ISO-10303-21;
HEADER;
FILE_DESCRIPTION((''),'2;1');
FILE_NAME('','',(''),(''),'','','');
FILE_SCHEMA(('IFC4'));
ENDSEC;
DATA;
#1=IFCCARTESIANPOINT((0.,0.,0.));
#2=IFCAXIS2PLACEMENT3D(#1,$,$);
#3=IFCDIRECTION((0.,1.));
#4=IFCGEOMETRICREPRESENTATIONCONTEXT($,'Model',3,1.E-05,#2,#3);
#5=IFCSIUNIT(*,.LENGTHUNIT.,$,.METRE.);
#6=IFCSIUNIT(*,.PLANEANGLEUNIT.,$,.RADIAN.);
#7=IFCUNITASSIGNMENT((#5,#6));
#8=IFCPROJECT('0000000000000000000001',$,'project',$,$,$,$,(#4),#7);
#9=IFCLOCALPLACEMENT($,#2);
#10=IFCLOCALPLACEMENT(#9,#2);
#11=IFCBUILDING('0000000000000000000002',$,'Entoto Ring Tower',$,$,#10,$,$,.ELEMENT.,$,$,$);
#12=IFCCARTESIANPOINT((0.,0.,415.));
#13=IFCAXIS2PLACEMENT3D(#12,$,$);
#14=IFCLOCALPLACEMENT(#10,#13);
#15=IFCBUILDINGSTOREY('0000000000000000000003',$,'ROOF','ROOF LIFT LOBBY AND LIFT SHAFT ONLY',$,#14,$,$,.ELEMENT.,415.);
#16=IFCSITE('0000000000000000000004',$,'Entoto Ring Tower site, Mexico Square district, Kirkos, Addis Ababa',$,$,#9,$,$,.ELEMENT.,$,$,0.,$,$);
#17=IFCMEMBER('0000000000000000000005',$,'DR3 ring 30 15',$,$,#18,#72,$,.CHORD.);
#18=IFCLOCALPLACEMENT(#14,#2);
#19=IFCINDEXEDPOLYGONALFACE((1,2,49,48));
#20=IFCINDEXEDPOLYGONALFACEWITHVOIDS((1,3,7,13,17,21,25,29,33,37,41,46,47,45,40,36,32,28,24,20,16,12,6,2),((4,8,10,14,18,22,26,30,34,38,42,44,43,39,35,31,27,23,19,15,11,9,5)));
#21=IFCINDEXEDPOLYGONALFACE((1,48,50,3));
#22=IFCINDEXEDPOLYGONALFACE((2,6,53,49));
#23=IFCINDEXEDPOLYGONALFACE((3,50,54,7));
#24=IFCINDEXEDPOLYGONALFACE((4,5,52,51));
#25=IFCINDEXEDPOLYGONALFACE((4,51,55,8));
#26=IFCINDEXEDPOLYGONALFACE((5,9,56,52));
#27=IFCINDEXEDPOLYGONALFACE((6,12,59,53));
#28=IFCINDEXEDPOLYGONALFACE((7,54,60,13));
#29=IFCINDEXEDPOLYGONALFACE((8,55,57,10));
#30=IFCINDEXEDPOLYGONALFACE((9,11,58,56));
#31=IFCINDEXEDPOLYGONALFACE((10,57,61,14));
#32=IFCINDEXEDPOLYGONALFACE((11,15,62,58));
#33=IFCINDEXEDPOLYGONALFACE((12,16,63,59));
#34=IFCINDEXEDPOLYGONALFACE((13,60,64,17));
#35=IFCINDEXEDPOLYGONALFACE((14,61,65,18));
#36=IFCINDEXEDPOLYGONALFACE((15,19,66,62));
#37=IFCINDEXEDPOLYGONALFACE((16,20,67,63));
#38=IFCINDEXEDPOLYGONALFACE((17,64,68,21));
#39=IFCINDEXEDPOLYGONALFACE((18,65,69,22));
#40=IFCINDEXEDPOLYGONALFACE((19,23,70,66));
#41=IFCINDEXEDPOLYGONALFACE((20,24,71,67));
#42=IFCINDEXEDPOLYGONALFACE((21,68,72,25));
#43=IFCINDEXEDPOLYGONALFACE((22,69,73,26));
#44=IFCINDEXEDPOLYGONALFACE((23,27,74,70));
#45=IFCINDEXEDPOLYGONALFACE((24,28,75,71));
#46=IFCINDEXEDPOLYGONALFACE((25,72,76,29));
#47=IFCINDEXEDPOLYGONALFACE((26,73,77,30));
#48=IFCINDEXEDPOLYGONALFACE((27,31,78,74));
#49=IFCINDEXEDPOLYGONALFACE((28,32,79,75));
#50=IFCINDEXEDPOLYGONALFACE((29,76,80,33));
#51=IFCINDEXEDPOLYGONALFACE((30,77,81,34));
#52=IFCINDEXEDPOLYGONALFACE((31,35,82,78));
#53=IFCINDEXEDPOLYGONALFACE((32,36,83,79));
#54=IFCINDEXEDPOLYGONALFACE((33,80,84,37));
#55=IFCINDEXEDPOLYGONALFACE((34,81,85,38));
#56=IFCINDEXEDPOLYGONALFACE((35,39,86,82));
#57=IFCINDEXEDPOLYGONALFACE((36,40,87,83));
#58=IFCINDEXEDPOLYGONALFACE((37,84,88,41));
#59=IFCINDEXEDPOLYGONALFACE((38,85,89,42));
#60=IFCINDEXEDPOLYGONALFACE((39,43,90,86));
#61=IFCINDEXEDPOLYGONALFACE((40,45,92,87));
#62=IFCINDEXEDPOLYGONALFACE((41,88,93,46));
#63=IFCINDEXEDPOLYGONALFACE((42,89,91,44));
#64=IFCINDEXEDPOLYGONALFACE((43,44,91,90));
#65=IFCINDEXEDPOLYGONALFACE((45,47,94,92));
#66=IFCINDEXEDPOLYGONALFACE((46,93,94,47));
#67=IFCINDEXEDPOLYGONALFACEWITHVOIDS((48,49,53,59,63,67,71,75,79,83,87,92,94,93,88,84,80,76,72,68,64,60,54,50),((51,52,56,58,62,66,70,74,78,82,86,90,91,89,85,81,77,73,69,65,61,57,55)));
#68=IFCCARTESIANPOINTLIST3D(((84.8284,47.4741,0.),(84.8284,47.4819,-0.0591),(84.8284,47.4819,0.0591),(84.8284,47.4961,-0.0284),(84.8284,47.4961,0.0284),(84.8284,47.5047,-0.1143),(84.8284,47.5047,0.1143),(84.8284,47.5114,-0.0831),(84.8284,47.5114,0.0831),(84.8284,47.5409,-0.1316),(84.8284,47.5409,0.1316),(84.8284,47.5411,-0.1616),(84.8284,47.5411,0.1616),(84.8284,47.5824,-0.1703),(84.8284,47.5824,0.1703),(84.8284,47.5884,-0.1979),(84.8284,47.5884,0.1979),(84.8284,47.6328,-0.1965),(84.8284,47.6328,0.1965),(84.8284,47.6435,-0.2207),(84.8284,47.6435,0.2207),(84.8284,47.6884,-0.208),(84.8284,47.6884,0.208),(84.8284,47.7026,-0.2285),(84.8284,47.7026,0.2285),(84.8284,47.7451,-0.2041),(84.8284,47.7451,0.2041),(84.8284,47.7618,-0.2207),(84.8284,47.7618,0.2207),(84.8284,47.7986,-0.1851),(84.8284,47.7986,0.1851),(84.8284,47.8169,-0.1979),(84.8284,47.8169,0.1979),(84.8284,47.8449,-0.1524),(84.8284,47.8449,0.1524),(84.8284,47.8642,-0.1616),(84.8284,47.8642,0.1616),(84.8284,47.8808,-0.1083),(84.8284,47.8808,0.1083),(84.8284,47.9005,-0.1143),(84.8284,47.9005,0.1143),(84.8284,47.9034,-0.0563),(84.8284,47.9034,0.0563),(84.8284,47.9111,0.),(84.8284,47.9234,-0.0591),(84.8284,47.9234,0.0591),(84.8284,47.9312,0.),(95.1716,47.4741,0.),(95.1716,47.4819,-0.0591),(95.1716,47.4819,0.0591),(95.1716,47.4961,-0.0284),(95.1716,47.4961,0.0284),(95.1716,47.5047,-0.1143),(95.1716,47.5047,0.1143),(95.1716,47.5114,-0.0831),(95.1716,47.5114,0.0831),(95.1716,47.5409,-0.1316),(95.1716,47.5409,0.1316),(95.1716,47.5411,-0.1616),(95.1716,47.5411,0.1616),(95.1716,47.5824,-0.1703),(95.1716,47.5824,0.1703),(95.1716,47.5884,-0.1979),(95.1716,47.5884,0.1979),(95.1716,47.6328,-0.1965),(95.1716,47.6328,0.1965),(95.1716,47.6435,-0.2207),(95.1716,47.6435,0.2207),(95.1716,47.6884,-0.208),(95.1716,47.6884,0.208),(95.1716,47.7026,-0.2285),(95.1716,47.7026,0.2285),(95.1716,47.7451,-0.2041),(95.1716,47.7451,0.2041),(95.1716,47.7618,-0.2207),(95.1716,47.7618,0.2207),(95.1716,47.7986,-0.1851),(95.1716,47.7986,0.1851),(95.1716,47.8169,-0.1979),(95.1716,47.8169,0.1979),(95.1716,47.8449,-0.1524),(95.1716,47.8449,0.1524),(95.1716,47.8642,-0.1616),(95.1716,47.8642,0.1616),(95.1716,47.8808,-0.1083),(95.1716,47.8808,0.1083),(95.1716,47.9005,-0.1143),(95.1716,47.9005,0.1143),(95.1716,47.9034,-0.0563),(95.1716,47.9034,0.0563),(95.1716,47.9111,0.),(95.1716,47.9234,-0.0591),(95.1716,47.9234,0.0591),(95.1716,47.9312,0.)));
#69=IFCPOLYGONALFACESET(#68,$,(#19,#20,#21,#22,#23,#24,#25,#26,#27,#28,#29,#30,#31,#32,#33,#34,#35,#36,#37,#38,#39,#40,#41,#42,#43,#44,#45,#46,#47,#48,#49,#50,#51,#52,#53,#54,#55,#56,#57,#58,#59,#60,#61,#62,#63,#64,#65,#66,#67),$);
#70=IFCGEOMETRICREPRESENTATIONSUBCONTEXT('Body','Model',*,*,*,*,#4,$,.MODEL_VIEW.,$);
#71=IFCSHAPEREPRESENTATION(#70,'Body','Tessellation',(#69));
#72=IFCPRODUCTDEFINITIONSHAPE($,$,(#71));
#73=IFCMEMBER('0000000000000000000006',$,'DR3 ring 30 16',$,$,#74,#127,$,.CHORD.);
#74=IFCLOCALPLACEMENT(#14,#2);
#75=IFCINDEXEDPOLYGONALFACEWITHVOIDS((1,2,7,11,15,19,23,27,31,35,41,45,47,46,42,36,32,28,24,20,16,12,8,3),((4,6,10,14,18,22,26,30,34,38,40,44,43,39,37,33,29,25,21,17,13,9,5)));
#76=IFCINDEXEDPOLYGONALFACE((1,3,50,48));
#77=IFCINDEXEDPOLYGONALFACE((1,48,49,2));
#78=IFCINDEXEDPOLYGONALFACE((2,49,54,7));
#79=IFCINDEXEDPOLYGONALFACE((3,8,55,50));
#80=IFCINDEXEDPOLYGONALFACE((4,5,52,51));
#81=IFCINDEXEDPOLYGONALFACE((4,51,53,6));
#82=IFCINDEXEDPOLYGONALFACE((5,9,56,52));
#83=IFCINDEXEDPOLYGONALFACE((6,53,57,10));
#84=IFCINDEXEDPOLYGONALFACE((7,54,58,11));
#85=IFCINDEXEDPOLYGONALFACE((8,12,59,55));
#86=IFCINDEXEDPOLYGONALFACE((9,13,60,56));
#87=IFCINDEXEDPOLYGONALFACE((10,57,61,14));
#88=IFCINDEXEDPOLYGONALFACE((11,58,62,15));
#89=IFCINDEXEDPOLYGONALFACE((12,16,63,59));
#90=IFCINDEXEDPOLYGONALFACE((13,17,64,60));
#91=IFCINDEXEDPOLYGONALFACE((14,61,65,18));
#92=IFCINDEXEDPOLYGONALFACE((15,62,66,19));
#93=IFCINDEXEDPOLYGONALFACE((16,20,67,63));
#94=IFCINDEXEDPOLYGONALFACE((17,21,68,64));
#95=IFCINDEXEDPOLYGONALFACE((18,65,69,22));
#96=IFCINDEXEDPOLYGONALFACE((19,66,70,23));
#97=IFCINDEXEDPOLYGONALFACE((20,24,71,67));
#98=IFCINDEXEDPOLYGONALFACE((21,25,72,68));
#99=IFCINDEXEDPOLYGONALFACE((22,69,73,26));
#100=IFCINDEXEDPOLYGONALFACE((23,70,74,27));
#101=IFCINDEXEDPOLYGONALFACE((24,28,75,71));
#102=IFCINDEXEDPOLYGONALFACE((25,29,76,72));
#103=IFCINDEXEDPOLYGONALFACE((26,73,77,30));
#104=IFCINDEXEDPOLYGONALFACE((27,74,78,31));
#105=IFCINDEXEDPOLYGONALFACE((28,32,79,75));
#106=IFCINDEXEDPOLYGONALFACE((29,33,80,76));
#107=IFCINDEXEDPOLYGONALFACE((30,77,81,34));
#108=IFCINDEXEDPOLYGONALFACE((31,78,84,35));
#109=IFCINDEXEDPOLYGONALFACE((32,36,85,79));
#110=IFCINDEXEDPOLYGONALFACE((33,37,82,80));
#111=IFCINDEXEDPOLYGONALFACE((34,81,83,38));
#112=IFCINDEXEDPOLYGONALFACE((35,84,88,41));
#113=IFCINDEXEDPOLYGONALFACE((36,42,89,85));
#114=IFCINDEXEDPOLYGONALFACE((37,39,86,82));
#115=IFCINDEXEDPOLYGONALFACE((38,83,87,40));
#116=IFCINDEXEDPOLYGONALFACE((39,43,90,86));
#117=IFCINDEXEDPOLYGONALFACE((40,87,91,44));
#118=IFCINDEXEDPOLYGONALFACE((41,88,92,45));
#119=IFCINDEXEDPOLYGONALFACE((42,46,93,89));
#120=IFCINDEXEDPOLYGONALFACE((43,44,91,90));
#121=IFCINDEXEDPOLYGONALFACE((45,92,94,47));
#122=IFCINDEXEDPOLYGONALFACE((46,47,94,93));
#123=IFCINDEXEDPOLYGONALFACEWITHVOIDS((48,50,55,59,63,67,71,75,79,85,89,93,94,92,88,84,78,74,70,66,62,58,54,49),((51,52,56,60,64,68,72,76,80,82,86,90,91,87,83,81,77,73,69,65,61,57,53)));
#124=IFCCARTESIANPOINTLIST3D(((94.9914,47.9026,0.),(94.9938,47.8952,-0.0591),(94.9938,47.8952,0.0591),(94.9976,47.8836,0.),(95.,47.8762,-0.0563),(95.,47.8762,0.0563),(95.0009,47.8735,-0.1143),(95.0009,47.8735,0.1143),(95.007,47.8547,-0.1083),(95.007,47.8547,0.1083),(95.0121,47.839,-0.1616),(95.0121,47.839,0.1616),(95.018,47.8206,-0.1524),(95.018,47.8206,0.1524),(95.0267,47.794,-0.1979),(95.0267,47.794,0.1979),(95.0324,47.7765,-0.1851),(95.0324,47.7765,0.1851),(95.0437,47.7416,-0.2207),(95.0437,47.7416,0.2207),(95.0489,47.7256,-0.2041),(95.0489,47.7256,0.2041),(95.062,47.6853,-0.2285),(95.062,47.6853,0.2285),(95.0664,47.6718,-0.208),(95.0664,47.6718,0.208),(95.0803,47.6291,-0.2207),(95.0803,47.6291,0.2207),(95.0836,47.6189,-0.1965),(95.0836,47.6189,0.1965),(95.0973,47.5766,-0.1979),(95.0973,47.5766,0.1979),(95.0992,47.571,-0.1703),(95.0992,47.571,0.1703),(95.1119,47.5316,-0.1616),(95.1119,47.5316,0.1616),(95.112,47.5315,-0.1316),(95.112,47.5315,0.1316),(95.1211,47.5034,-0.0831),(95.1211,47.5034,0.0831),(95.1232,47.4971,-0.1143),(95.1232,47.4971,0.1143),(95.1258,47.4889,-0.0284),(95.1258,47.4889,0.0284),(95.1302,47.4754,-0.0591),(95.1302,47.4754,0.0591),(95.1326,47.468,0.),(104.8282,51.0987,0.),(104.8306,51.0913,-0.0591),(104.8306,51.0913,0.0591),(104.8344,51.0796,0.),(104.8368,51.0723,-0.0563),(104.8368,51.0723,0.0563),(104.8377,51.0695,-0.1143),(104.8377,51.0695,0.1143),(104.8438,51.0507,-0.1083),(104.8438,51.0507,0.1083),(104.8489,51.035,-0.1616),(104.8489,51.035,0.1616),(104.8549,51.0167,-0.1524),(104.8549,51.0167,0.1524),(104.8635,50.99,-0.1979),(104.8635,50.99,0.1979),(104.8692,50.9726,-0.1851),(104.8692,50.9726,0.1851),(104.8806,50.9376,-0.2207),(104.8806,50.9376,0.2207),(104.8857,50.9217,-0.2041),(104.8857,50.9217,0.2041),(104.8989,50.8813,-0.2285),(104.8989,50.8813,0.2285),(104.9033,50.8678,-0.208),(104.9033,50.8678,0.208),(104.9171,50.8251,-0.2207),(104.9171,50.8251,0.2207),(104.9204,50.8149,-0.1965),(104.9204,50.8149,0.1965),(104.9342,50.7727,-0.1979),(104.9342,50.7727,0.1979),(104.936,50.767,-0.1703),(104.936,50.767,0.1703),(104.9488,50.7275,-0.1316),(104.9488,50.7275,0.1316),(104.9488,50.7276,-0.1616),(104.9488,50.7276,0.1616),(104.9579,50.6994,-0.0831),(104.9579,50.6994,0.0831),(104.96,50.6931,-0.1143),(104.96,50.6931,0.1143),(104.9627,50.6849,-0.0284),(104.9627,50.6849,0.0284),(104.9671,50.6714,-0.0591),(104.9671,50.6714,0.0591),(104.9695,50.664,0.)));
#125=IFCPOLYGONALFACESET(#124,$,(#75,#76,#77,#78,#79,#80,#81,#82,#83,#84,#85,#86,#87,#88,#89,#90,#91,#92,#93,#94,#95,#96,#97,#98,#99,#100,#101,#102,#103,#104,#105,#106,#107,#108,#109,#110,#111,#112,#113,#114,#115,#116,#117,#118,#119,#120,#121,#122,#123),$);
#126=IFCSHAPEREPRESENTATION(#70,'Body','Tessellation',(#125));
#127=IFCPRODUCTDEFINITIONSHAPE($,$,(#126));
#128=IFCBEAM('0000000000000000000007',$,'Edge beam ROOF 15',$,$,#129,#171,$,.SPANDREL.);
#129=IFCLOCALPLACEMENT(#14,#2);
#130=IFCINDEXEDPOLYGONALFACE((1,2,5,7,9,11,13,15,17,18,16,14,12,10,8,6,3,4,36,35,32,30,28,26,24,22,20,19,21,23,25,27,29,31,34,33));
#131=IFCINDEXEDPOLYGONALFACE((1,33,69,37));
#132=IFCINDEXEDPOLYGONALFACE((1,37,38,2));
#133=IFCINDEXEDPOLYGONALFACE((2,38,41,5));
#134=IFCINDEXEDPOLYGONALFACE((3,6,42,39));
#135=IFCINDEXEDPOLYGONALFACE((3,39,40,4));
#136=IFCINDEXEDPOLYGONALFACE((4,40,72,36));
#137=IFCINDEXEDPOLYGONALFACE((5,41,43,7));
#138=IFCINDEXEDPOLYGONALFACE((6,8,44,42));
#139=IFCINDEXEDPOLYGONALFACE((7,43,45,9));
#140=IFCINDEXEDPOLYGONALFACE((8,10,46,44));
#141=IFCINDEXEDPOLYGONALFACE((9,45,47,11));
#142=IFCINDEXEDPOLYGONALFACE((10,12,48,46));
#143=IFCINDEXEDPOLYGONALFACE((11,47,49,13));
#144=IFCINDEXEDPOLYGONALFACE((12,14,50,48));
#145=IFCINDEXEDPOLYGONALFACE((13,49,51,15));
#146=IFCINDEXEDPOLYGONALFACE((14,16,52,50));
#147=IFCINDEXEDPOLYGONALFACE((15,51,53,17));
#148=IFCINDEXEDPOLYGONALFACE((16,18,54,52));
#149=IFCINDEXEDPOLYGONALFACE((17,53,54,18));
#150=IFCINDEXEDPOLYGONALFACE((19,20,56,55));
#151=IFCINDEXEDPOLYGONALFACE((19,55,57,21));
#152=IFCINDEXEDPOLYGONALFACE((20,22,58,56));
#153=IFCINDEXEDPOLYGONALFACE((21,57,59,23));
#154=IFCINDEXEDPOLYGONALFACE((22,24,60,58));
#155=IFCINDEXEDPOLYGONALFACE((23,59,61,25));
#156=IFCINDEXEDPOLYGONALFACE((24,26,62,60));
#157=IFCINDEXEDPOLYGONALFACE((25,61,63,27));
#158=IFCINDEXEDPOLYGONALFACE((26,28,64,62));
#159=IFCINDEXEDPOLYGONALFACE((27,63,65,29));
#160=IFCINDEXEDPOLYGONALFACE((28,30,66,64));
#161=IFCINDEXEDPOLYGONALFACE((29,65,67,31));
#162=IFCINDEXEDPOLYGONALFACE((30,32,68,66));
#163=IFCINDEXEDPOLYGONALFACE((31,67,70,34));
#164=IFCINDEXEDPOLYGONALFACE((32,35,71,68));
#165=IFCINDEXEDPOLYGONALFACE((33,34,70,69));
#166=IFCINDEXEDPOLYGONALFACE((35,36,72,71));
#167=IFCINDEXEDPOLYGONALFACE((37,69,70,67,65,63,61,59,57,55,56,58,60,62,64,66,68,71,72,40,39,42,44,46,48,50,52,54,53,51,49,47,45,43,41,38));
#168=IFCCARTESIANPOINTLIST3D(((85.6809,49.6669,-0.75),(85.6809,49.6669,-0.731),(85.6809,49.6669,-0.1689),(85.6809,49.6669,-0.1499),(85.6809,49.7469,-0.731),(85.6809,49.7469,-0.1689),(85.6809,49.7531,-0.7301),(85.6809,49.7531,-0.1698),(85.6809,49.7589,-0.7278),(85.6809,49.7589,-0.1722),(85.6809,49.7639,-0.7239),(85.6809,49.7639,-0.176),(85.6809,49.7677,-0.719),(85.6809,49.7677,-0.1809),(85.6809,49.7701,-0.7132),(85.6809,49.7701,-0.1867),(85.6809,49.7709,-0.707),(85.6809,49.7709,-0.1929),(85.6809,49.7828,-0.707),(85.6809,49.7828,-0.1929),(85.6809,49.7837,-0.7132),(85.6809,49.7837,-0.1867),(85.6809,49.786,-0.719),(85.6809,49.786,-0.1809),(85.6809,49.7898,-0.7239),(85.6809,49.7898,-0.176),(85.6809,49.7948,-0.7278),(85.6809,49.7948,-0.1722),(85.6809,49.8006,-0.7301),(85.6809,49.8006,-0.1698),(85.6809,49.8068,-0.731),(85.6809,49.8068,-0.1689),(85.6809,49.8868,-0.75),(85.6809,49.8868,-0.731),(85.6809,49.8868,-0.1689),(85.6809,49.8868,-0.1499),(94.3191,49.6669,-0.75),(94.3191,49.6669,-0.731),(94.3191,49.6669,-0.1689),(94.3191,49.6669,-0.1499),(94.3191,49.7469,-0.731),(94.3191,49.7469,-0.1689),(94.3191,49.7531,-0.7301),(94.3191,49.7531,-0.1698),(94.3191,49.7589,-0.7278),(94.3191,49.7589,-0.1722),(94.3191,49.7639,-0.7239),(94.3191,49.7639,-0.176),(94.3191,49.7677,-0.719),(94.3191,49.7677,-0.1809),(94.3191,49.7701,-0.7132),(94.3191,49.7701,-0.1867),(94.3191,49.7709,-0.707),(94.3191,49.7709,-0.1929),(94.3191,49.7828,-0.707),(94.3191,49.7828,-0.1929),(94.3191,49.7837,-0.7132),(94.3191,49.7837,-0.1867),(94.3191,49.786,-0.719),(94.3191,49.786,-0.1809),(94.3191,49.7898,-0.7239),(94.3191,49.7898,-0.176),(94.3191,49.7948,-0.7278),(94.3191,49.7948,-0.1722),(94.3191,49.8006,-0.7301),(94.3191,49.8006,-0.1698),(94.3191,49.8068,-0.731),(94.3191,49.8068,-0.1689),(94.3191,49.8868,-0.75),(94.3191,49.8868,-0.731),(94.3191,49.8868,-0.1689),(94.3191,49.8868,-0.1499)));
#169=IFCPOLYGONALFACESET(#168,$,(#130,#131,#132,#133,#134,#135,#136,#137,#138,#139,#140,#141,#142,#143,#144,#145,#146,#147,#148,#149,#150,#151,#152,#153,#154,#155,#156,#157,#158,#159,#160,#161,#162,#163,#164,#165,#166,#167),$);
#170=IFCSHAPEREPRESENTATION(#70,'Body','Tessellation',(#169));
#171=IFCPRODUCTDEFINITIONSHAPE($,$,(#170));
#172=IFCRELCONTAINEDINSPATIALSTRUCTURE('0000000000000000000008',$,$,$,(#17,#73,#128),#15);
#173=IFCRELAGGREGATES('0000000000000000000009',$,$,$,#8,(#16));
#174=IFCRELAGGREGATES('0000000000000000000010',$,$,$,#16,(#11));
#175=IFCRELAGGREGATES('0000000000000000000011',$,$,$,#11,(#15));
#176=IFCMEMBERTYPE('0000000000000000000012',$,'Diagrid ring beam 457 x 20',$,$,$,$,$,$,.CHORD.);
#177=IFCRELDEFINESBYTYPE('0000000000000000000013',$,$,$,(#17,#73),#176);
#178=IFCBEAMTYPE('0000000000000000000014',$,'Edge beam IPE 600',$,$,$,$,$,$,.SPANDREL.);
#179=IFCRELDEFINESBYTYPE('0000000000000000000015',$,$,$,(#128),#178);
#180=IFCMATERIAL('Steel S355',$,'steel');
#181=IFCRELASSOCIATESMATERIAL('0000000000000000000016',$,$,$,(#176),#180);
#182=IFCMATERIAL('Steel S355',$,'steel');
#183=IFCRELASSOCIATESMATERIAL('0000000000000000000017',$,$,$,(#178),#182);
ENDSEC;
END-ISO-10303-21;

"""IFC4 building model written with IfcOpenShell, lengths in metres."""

from ifc_helpers import new_model, si_unit, direction, frame, origin, origin_2d, place, context, subcontext, project, spatial, circle, hollow_circle, i_section, extrude, material, material_profile, profile_set, type_object, element, save


model = new_model("IFC4")

# Units and contexts
model_context = context("Model", 3, precision=1e-05, world=origin(), true_north=direction((0.0, 1.0)))
body_context = subcontext(model_context, "Body", "Model", "MODEL_VIEW")
ifc_project = project(units=[si_unit("LENGTHUNIT", "METRE"), si_unit("PLANEANGLEUNIT", "RADIAN")], contexts=[model_context])

# Site, building, storey
site_placement = place(None, origin())
site = spatial("IfcSite", under=ifc_project, at=site_placement, Name="Entoto Ring Tower site, Mexico Square district, Kirkos, Addis Ababa", CompositionType="ELEMENT", RefElevation=0.0)
building_placement = place(site_placement, origin())
building = spatial("IfcBuilding", under=site, at=building_placement, Name="Entoto Ring Tower", CompositionType="ELEMENT")
storey_placement = place(building_placement, frame((0.0, 0.0, 415.0)))
storey = spatial("IfcBuildingStorey", under=building, at=storey_placement, Name="ROOF", Description="ROOF LIFT LOBBY AND LIFT SHAFT ONLY", CompositionType="ELEMENT", Elevation=415.0)

# Members
ifc_material_1 = material(Name="Steel S355", Category="steel")
ifc_material_profile_1 = material_profile(ifc_material_1, hollow_circle(Radius=0.2285, WallThickness=0.02, at=origin_2d()), Name="CHS 457 x 20")
ifc_material_2 = material(Name="Concrete C60/75", Category="concrete")
ifc_material_profile_2 = material_profile(ifc_material_2, circle(Radius=0.2085, at=origin_2d()), Name="Concrete C60/75 infill")
ifc_profile_set_1 = profile_set([ifc_material_profile_1, ifc_material_profile_2], Name="Steel S355")
member_type_1 = type_object("IfcMemberType", Name="Diagrid ring beam 457 x 20", PredefinedType="CHORD", material=ifc_profile_set_1)
member_1_placement = place(storey_placement, frame((84.8284, 47.7026, 0.0), z_axis=(1.0, 0.0, 0.0), x_axis=(0.0, 1.0, 0.0)))
element("IfcMember", 1, at=member_1_placement, inside=storey, type_object=member_type_1, Name="DR3 ring 30 15", PredefinedType="CHORD", context=body_context, shape_type="SweptSolid", body=[
    extrude(hollow_circle(Radius=0.2285, WallThickness=0.02, at=origin_2d()), origin(), (0.0, 0.0, 1.0), 10.3433),
])
member_2_placement = place(storey_placement, frame((95.062, 47.6853, 0.0), z_axis=(0.951061, 0.309003, 0.0), x_axis=(-0.309003, 0.951061, 0.0)))
element("IfcMember", 2, at=member_2_placement, inside=storey, type_object=member_type_1, Name="DR3 ring 30 16", PredefinedType="CHORD", context=body_context, shape_type="SweptSolid", body=[
    extrude(hollow_circle(Radius=0.2285, WallThickness=0.02, at=origin_2d()), origin(), (0.0, 0.0, 1.0), 10.343),
])

# Beam
ifc_material_3 = material(Name="Steel S355", Category="steel")
ifc_material_profile_3 = material_profile(ifc_material_3, i_section(OverallWidth=0.22, OverallDepth=0.6001, WebThickness=0.012, FlangeThickness=0.019, FilletRadius=0.0239, at=origin_2d()), Name="IPE 600")
ifc_profile_set_2 = profile_set([ifc_material_profile_3], Name="Steel S355")
beam_type_1 = type_object("IfcBeamType", Name="Edge beam IPE 600", PredefinedType="SPANDREL", material=ifc_profile_set_2)
beam_1_placement = place(storey_placement, frame((85.6809, 49.7769, -0.45), z_axis=(1.0, 0.0, 0.0), x_axis=(0.0, 1.0, 0.0)))
element("IfcBeam", 3, at=beam_1_placement, inside=storey, type_object=beam_type_1, Name="Edge beam ROOF 15", PredefinedType="SPANDREL", context=body_context, shape_type="SweptSolid", body=[
    extrude(i_section(OverallWidth=0.22, OverallDepth=0.6001, WebThickness=0.012, FlangeThickness=0.019, FilletRadius=0.0239, at=origin_2d()), origin(), (0.0, 0.0, 1.0), 8.6382),
])

save(model, "model.ifc")
